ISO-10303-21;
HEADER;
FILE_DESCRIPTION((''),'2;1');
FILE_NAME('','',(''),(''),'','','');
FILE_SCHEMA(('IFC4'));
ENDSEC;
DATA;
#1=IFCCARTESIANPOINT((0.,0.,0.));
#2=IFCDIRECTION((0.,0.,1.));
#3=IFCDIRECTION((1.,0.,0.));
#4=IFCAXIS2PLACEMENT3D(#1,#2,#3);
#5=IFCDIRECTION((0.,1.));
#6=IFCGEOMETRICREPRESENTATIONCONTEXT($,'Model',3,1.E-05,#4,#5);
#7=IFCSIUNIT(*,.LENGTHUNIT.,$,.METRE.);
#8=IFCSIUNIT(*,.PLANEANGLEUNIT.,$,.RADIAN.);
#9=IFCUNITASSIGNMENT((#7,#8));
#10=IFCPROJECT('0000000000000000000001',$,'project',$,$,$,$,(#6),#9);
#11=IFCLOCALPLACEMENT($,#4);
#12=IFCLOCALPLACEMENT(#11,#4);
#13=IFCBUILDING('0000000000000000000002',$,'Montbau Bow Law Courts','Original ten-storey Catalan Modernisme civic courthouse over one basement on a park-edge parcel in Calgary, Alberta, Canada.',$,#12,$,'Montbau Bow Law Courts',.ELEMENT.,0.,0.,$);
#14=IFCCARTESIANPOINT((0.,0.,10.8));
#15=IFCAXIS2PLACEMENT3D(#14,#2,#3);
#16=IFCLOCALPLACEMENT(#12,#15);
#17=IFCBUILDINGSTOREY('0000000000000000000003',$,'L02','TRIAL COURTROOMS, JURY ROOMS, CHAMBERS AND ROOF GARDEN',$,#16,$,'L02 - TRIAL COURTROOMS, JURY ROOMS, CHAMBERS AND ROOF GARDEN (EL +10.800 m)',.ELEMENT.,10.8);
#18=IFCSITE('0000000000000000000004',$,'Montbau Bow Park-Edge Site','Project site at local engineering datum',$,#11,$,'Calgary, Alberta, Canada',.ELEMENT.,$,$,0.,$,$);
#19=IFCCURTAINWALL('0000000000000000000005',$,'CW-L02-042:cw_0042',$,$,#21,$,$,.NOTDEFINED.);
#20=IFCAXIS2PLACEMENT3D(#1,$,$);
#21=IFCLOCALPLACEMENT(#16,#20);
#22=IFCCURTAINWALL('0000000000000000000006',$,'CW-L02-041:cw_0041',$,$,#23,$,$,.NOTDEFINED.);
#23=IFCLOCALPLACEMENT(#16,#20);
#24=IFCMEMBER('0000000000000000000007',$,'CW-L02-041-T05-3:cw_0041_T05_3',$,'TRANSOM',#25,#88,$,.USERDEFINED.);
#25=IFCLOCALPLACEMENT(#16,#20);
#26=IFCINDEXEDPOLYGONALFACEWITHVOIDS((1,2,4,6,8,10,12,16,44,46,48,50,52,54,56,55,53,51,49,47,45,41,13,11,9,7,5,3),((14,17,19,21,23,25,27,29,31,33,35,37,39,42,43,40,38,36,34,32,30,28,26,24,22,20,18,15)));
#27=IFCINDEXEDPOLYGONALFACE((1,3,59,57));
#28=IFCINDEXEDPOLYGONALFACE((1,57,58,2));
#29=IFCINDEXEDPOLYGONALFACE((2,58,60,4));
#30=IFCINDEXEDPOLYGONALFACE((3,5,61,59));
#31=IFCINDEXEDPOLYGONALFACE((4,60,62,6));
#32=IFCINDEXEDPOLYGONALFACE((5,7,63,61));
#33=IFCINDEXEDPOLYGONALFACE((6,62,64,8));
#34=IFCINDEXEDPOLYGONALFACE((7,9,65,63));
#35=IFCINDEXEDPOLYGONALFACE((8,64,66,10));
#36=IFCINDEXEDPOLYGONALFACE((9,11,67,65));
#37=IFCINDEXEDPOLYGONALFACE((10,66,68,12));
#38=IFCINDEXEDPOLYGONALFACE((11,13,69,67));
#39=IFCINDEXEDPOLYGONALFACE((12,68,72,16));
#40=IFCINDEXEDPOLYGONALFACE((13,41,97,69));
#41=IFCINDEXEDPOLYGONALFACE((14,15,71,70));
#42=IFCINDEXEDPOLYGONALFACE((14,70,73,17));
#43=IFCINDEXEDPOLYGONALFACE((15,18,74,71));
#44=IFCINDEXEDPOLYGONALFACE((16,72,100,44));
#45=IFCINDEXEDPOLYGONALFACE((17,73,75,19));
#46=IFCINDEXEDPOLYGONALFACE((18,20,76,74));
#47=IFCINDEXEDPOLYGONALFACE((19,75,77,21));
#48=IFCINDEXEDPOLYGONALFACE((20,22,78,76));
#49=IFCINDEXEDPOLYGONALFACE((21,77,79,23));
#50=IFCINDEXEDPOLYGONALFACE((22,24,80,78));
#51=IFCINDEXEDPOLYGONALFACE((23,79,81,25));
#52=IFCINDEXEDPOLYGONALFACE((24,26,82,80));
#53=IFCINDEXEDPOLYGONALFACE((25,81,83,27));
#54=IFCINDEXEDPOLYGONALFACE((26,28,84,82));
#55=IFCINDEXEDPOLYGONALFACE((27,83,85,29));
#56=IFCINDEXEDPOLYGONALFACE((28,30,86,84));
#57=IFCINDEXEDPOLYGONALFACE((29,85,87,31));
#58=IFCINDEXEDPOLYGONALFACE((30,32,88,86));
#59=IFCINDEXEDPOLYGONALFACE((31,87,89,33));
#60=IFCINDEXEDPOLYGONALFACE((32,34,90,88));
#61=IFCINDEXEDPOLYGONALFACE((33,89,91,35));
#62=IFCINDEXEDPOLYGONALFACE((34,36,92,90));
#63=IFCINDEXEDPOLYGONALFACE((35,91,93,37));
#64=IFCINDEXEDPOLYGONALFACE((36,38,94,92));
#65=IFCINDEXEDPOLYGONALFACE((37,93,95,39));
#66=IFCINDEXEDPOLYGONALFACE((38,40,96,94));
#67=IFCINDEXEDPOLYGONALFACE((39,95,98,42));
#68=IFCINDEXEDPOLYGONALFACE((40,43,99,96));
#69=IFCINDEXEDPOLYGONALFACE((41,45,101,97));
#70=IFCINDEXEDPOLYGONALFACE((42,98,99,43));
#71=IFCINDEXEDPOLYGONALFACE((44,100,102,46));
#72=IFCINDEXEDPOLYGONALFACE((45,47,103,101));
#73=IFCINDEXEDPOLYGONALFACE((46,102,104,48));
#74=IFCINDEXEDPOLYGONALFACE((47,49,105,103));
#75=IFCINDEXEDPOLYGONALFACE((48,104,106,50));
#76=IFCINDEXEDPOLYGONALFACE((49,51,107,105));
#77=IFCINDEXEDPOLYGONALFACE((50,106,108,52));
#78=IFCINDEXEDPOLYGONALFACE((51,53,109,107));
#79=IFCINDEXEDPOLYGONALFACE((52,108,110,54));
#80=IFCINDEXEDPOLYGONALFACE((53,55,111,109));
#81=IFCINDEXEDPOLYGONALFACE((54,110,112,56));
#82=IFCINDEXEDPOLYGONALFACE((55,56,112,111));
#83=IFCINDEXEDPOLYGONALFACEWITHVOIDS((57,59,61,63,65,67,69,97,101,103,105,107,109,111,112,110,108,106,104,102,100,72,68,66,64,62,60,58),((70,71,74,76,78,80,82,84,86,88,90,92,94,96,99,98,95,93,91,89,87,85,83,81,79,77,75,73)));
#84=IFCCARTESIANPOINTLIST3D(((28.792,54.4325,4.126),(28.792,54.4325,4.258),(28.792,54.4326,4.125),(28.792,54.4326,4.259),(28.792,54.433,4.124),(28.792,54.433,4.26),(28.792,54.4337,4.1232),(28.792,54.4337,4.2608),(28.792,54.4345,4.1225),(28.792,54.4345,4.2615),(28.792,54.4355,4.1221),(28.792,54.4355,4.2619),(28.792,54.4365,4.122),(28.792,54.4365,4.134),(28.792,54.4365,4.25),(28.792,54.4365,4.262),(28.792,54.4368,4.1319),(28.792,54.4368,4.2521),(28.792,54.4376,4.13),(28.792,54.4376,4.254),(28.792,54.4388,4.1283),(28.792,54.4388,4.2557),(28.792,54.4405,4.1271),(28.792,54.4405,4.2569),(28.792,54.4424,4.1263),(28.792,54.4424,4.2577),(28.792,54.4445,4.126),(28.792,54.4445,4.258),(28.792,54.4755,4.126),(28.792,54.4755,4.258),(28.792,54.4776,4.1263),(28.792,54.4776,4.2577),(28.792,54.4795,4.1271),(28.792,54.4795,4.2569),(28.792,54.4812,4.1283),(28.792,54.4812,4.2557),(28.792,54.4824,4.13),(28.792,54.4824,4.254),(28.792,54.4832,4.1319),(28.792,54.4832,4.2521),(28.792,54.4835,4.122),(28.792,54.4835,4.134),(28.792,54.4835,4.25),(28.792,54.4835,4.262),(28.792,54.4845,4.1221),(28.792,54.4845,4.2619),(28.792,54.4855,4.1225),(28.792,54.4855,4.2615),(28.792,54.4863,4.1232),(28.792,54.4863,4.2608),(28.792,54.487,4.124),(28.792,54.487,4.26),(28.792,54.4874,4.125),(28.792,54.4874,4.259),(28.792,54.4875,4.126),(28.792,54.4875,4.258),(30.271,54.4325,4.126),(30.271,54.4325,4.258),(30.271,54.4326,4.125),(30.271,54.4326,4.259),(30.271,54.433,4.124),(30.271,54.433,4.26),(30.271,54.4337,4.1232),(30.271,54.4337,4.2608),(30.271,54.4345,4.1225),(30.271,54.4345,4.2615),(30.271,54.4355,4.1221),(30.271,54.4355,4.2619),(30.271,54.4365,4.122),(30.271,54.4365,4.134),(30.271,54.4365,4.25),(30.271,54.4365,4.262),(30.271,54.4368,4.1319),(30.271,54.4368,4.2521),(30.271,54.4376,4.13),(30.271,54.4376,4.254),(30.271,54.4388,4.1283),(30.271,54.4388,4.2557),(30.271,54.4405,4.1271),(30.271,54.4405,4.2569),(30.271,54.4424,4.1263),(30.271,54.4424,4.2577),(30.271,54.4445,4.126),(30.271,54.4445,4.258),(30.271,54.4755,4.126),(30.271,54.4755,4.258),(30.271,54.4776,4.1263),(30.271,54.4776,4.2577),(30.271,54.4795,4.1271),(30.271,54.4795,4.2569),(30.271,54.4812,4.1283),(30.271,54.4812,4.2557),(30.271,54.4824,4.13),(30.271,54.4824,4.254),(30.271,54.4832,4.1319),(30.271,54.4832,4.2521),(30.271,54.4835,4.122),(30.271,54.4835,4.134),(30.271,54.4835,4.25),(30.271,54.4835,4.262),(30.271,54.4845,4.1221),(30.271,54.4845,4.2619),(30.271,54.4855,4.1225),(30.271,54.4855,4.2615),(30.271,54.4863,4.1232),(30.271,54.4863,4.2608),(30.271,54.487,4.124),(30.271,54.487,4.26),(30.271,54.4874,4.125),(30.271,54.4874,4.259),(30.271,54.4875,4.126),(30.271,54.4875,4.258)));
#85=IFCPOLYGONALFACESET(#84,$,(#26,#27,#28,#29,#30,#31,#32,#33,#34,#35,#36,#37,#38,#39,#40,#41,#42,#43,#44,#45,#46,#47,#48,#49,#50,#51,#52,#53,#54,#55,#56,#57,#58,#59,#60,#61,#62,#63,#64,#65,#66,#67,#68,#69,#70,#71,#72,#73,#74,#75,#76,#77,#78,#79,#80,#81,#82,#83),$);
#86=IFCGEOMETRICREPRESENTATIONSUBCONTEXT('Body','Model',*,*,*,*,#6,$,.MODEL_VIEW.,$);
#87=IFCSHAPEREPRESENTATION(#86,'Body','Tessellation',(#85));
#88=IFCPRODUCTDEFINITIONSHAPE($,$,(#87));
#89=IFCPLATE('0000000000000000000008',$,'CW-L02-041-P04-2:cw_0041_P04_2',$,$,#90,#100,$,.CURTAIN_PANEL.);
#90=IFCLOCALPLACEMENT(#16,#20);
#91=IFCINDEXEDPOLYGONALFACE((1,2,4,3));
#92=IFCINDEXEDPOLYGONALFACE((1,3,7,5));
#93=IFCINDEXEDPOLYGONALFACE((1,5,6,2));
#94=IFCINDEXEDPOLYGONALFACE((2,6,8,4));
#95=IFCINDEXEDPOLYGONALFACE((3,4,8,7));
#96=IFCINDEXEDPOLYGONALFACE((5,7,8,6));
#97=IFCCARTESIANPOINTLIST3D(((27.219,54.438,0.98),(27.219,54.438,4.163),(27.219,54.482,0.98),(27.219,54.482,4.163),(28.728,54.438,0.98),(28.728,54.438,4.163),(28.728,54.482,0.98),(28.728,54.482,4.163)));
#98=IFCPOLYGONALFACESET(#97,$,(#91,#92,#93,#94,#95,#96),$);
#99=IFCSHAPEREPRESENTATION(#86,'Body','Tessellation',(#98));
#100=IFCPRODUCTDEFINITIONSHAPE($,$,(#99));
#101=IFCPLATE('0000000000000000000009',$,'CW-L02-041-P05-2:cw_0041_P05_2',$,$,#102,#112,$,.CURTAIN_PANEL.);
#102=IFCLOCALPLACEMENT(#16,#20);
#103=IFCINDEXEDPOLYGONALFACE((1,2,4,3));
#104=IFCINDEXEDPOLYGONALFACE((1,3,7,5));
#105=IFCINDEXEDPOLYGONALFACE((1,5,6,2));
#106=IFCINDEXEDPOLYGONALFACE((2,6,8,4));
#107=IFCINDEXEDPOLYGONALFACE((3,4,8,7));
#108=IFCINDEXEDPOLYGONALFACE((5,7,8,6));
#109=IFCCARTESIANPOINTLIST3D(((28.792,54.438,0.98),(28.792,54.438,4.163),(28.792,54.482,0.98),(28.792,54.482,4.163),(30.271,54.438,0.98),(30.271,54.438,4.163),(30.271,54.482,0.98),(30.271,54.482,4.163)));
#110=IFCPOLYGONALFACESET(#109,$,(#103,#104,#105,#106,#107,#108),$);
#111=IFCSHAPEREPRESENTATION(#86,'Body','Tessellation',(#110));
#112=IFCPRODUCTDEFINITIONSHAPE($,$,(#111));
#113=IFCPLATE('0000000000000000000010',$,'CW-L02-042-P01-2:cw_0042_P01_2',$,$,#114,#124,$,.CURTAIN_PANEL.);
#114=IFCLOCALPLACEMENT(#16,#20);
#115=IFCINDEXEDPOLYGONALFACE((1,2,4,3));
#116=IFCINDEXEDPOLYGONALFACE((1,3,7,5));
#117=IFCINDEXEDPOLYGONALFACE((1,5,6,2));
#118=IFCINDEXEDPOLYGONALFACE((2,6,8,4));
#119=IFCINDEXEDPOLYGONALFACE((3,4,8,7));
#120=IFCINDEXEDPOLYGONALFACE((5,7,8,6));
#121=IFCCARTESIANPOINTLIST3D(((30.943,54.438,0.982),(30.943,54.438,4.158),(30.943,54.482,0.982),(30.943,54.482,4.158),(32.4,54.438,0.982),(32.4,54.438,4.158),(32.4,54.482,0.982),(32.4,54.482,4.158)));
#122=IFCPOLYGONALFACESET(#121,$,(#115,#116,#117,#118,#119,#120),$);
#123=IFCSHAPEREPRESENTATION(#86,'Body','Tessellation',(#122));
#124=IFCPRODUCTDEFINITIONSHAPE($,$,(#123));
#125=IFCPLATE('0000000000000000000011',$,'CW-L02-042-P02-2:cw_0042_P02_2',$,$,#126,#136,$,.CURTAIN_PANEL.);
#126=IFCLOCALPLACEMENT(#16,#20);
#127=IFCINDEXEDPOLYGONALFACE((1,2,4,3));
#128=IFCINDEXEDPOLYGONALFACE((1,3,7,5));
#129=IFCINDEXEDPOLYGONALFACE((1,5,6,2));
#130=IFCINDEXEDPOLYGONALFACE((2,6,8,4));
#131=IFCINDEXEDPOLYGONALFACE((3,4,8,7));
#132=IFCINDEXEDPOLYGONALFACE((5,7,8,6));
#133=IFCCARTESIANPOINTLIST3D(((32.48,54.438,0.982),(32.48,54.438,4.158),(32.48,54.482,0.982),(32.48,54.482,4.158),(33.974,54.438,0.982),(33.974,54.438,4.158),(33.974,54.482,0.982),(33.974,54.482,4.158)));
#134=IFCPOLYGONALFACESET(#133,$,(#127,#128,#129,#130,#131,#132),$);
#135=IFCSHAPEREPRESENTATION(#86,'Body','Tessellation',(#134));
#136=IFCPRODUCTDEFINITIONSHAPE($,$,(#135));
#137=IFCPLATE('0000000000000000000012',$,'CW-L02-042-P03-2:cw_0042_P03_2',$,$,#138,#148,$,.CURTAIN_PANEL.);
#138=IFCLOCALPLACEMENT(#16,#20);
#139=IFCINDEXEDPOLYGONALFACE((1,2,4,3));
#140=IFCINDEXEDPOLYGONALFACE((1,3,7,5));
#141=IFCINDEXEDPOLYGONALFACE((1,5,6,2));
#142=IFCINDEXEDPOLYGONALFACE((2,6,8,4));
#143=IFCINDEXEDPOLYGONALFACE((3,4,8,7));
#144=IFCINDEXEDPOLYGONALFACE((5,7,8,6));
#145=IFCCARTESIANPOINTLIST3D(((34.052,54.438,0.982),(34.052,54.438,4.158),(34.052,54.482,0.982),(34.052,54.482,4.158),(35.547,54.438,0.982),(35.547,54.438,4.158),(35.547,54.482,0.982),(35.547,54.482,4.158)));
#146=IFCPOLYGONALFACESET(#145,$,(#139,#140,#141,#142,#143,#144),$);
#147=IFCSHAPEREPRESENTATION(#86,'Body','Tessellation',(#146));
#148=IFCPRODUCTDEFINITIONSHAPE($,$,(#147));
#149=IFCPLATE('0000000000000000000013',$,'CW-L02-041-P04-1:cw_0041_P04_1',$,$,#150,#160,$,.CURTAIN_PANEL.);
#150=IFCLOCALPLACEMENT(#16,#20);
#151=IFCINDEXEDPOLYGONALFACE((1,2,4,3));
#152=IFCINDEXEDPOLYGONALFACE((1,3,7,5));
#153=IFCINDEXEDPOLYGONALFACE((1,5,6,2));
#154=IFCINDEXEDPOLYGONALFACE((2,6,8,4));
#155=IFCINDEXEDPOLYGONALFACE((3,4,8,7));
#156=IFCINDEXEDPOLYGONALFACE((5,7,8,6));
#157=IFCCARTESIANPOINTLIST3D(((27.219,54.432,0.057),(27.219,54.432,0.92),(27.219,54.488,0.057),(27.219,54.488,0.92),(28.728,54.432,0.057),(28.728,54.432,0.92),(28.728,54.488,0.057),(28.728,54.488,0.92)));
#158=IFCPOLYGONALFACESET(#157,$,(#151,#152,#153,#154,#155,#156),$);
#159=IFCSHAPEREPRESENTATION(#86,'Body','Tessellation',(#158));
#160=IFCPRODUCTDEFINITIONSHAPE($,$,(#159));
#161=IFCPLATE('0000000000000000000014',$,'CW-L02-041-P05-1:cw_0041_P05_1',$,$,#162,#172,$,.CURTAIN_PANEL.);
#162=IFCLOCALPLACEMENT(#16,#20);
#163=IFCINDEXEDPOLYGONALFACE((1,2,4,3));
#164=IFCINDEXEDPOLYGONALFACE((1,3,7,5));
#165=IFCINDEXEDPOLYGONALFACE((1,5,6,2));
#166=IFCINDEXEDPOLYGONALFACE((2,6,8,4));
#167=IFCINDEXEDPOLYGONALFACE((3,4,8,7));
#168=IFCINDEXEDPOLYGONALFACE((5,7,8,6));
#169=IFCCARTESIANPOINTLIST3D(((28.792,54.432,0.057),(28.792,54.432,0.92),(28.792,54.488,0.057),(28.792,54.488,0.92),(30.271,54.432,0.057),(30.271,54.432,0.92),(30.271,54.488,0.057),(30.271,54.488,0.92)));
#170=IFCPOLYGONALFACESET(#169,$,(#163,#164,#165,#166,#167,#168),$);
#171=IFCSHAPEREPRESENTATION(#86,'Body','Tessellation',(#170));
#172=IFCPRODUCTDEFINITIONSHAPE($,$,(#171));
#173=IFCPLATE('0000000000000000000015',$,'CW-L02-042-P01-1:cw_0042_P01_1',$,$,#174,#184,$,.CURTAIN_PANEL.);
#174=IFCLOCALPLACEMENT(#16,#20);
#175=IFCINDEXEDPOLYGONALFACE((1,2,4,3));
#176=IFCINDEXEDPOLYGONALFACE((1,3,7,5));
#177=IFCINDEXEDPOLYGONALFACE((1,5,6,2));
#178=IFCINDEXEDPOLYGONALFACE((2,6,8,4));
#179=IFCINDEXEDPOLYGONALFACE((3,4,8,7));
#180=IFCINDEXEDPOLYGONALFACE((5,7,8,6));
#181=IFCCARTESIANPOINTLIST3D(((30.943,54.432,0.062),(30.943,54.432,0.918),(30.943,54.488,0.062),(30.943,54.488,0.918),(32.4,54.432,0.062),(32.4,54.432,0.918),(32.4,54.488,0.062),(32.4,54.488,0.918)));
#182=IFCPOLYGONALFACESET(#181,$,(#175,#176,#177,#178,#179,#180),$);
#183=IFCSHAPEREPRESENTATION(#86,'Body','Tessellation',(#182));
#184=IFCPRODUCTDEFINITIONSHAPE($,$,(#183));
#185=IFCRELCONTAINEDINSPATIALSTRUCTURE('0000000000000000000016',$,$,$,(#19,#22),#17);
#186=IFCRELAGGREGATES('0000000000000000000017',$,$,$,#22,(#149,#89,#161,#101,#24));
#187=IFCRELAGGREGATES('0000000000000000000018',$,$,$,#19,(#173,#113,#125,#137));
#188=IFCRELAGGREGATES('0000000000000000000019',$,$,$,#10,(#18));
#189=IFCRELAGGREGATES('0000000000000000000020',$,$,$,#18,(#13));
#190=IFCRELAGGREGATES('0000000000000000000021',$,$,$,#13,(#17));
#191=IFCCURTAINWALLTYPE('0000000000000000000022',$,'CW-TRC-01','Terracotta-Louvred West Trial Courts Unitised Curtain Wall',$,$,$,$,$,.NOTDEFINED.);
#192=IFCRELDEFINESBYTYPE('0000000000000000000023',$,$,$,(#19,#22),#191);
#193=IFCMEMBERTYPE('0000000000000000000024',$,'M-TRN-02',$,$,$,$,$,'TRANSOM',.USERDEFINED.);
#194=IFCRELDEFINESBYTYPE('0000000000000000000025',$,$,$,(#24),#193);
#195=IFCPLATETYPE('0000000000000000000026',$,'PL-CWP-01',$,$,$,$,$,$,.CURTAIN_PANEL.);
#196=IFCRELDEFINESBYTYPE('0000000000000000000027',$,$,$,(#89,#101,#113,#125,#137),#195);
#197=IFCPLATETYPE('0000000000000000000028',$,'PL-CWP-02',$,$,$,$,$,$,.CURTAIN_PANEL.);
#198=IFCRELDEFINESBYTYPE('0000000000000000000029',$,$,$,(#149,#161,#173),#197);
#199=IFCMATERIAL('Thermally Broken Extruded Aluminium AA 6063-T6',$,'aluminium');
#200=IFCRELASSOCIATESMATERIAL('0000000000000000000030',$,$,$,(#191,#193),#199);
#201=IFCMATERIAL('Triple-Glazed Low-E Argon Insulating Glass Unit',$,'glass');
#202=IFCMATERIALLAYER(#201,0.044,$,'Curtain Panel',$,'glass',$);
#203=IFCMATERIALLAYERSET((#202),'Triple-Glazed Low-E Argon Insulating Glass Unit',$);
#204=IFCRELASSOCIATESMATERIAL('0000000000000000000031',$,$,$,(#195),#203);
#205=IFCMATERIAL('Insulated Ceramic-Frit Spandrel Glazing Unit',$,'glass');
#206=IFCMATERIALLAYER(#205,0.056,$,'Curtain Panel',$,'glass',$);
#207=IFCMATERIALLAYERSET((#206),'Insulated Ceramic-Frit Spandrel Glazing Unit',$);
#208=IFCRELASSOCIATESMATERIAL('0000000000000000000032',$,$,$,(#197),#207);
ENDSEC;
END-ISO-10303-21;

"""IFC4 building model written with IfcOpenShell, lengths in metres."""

from ifc_helpers import new_model, si_unit, direction, frame, frame_2d, origin_with_axes, origin_2d_with_axis, place, context, subcontext, project, spatial, rectangle, hollow_rectangle, extrude, material, layer, layer_set, material_profile, profile_set, type_object, element, aggregate, save


model = new_model("IFC4")

# Units and contexts
model_context = context("Model", 3, precision=1e-05, world=origin_with_axes(), true_north=direction((0.0, 1.0)))
body_context = subcontext(model_context, "Body", "Model", "MODEL_VIEW")
ifc_project = project(units=[si_unit("LENGTHUNIT", "METRE"), si_unit("PLANEANGLEUNIT", "RADIAN")], contexts=[model_context])

# Site, building, storey
site_placement = place(None, origin_with_axes())
site = spatial("IfcSite", under=ifc_project, at=site_placement, Name="Montbau Bow Park-Edge Site", Description="Project site at local engineering datum", LongName="Calgary, Alberta, Canada", CompositionType="ELEMENT", RefElevation=0.0)
building_placement = place(site_placement, origin_with_axes())
building = spatial("IfcBuilding", under=site, at=building_placement, Name="Montbau Bow Law Courts", Description="Original ten-storey Catalan Modernisme civic courthouse over one basement on a park-edge parcel in Calgary, Alberta, Canada.", LongName="Montbau Bow Law Courts", CompositionType="ELEMENT", ElevationOfRefHeight=0.0, ElevationOfTerrain=0.0)
storey_placement = place(building_placement, frame((0.0, 0.0, 10.8), z_axis=(0.0, 0.0, 1.0), x_axis=(1.0, 0.0, 0.0)))
storey = spatial("IfcBuildingStorey", under=building, at=storey_placement, Name="L02", Description="TRIAL COURTROOMS, JURY ROOMS, CHAMBERS AND ROOF GARDEN", LongName="L02 - TRIAL COURTROOMS, JURY ROOMS, CHAMBERS AND ROOF GARDEN (EL +10.800 m)", CompositionType="ELEMENT", Elevation=10.8)

# Curtain walls
ifc_material_1 = material(Name="Thermally Broken Extruded Aluminium AA 6063-T6", Category="aluminium")
curtain_wall_type = type_object("IfcCurtainWallType", Name="CW-TRC-01", Description="Terracotta-Louvred West Trial Courts Unitised Curtain Wall", PredefinedType="NOTDEFINED", material=ifc_material_1)
curtain_wall_1_placement = place(None, frame((30.867, 54.46, 10.8), z_axis=(0.0, 0.0, 1.0), x_axis=(1.0, 0.0, 0.0)))
curtain_wall_1 = element("IfcCurtainWall", 1, at=curtain_wall_1_placement, inside=storey, type_object=curtain_wall_type, Name="CW-L02-042:cw_0042", PredefinedType="NOTDEFINED")
curtain_wall_2_placement = place(None, frame((22.467, 54.46, 10.8), z_axis=(0.0, 0.0, 1.0), x_axis=(1.0, 0.0, 0.0)))
curtain_wall_2 = element("IfcCurtainWall", 2, at=curtain_wall_2_placement, inside=storey, type_object=curtain_wall_type, Name="CW-L02-041:cw_0041", PredefinedType="NOTDEFINED")

# Member
ifc_material_profile_1 = material_profile(ifc_material_1, hollow_rectangle(XDim=0.055, YDim=0.14, WallThickness=0.004, InnerFilletRadius=0.008, OuterFilletRadius=0.004, at=origin_2d_with_axis()), Name="CWT-140X55", Category="Main", Priority=0)
ifc_profile_set_1 = profile_set([ifc_material_profile_1], Name="Thermally Broken Extruded Aluminium AA 6063-T6")
member_type_1 = type_object("IfcMemberType", Name="M-TRN-02", ElementType="TRANSOM", PredefinedType="USERDEFINED", material=ifc_profile_set_1)
member_1_placement = place(None, frame((28.792, 54.46, 14.992), z_axis=(1.0, 0.0, 0.0), x_axis=(0.0, 1.0, 0.0)))
member_1 = element("IfcMember", 3, at=member_1_placement, type_object=member_type_1, Name="CW-L02-041-T05-3:cw_0041_T05_3", ObjectType="TRANSOM", PredefinedType="USERDEFINED", context=body_context, shape_type="SweptSolid", body=[
    extrude(hollow_rectangle(XDim=0.055, YDim=0.14, WallThickness=0.004, InnerFilletRadius=0.008, OuterFilletRadius=0.004, at=origin_2d_with_axis()), origin_with_axes(), (0.0, 0.0, 1.0), 1.479),
])

# Plates
ifc_material_2 = material(Name="Triple-Glazed Low-E Argon Insulating Glass Unit", Category="glass")
ifc_layer_1 = layer(ifc_material_2, 0.044, Name="Curtain Panel", Category="glass")
ifc_layer_set_1 = layer_set([ifc_layer_1], Name="Triple-Glazed Low-E Argon Insulating Glass Unit")
plate_type_1 = type_object("IfcPlateType", Name="PL-CWP-01", PredefinedType="CURTAIN_PANEL", material=ifc_layer_set_1)
plate_1_placement = place(None, frame((27.219, 54.46, 11.78), z_axis=(0.0, -1.0, 0.0), x_axis=(1.0, 0.0, 0.0)))
plate_1 = element("IfcPlate", 4, at=plate_1_placement, type_object=plate_type_1, Name="CW-L02-041-P04-2:cw_0041_P04_2", PredefinedType="CURTAIN_PANEL", context=body_context, shape_type="SweptSolid", body=[
    extrude(rectangle(XDim=1.509, YDim=3.183, at=frame_2d((0.7545, 1.5915), x_axis=(1.0, 0.0))), frame((0.0, 0.0, -0.022), z_axis=(0.0, 0.0, 1.0), x_axis=(1.0, 0.0, 0.0)), (0.0, 0.0, 1.0), 0.044),
])
plate_2_placement = place(None, frame((28.792, 54.46, 11.78), z_axis=(0.0, -1.0, 0.0), x_axis=(1.0, 0.0, 0.0)))
plate_2 = element("IfcPlate", 5, at=plate_2_placement, type_object=plate_type_1, Name="CW-L02-041-P05-2:cw_0041_P05_2", PredefinedType="CURTAIN_PANEL", context=body_context, shape_type="SweptSolid", body=[
    extrude(rectangle(XDim=1.479, YDim=3.183, at=frame_2d((0.7395, 1.5915), x_axis=(1.0, 0.0))), frame((0.0, 0.0, -0.022), z_axis=(0.0, 0.0, 1.0), x_axis=(1.0, 0.0, 0.0)), (0.0, 0.0, 1.0), 0.044),
])
plate_3_placement = place(None, frame((30.943, 54.46, 11.782), z_axis=(0.0, -1.0, 0.0), x_axis=(1.0, 0.0, 0.0)))
plate_3 = element("IfcPlate", 6, at=plate_3_placement, type_object=plate_type_1, Name="CW-L02-042-P01-2:cw_0042_P01_2", PredefinedType="CURTAIN_PANEL", context=body_context, shape_type="SweptSolid", body=[
    extrude(rectangle(XDim=1.457, YDim=3.176, at=frame_2d((0.7285, 1.588), x_axis=(1.0, 0.0))), frame((0.0, 0.0, -0.022), z_axis=(0.0, 0.0, 1.0), x_axis=(1.0, 0.0, 0.0)), (0.0, 0.0, 1.0), 0.044),
])
plate_4_placement = place(None, frame((32.48, 54.46, 11.782), z_axis=(0.0, -1.0, 0.0), x_axis=(1.0, 0.0, 0.0)))
plate_4 = element("IfcPlate", 7, at=plate_4_placement, type_object=plate_type_1, Name="CW-L02-042-P02-2:cw_0042_P02_2", PredefinedType="CURTAIN_PANEL", context=body_context, shape_type="SweptSolid", body=[
    extrude(rectangle(XDim=1.494, YDim=3.176, at=frame_2d((0.747, 1.588), x_axis=(1.0, 0.0))), frame((0.0, 0.0, -0.022), z_axis=(0.0, 0.0, 1.0), x_axis=(1.0, 0.0, 0.0)), (0.0, 0.0, 1.0), 0.044),
])
plate_5_placement = place(None, frame((34.052, 54.46, 11.782), z_axis=(0.0, -1.0, 0.0), x_axis=(1.0, 0.0, 0.0)))
plate_5 = element("IfcPlate", 8, at=plate_5_placement, type_object=plate_type_1, Name="CW-L02-042-P03-2:cw_0042_P03_2", PredefinedType="CURTAIN_PANEL", context=body_context, shape_type="SweptSolid", body=[
    extrude(rectangle(XDim=1.495, YDim=3.176, at=frame_2d((0.7475, 1.588), x_axis=(1.0, 0.0))), frame((0.0, 0.0, -0.022), z_axis=(0.0, 0.0, 1.0), x_axis=(1.0, 0.0, 0.0)), (0.0, 0.0, 1.0), 0.044),
])
ifc_material_3 = material(Name="Insulated Ceramic-Frit Spandrel Glazing Unit", Category="glass")
ifc_layer_2 = layer(ifc_material_3, 0.056, Name="Curtain Panel", Category="glass")
ifc_layer_set_2 = layer_set([ifc_layer_2], Name="Insulated Ceramic-Frit Spandrel Glazing Unit")
plate_type_2 = type_object("IfcPlateType", Name="PL-CWP-02", PredefinedType="CURTAIN_PANEL", material=ifc_layer_set_2)
plate_6_placement = place(None, frame((27.219, 54.46, 10.857), z_axis=(0.0, -1.0, 0.0), x_axis=(1.0, 0.0, 0.0)))
plate_6 = element("IfcPlate", 9, at=plate_6_placement, type_object=plate_type_2, Name="CW-L02-041-P04-1:cw_0041_P04_1", PredefinedType="CURTAIN_PANEL", context=body_context, shape_type="SweptSolid", body=[
    extrude(rectangle(XDim=1.509, YDim=0.863, at=frame_2d((0.7545, 0.4315), x_axis=(1.0, 0.0))), frame((0.0, 0.0, -0.028), z_axis=(0.0, 0.0, 1.0), x_axis=(1.0, 0.0, 0.0)), (0.0, 0.0, 1.0), 0.056),
])
plate_7_placement = place(None, frame((28.792, 54.46, 10.857), z_axis=(0.0, -1.0, 0.0), x_axis=(1.0, 0.0, 0.0)))
plate_7 = element("IfcPlate", 10, at=plate_7_placement, type_object=plate_type_2, Name="CW-L02-041-P05-1:cw_0041_P05_1", PredefinedType="CURTAIN_PANEL", context=body_context, shape_type="SweptSolid", body=[
    extrude(rectangle(XDim=1.479, YDim=0.863, at=frame_2d((0.7395, 0.4315), x_axis=(1.0, 0.0))), frame((0.0, 0.0, -0.028), z_axis=(0.0, 0.0, 1.0), x_axis=(1.0, 0.0, 0.0)), (0.0, 0.0, 1.0), 0.056),
])
aggregate(curtain_wall_2, [plate_6, plate_1, plate_7, plate_2, member_1])
plate_8_placement = place(None, frame((30.943, 54.46, 10.862), z_axis=(0.0, -1.0, 0.0), x_axis=(1.0, 0.0, 0.0)))
plate_8 = element("IfcPlate", 11, at=plate_8_placement, type_object=plate_type_2, Name="CW-L02-042-P01-1:cw_0042_P01_1", PredefinedType="CURTAIN_PANEL", context=body_context, shape_type="SweptSolid", body=[
    extrude(rectangle(XDim=1.457, YDim=0.856, at=frame_2d((0.7285, 0.428), x_axis=(1.0, 0.0))), frame((0.0, 0.0, -0.028), z_axis=(0.0, 0.0, 1.0), x_axis=(1.0, 0.0, 0.0)), (0.0, 0.0, 1.0), 0.056),
])
aggregate(curtain_wall_1, [plate_8, plate_3, plate_4, plate_5])

save(model, "model.ifc")
